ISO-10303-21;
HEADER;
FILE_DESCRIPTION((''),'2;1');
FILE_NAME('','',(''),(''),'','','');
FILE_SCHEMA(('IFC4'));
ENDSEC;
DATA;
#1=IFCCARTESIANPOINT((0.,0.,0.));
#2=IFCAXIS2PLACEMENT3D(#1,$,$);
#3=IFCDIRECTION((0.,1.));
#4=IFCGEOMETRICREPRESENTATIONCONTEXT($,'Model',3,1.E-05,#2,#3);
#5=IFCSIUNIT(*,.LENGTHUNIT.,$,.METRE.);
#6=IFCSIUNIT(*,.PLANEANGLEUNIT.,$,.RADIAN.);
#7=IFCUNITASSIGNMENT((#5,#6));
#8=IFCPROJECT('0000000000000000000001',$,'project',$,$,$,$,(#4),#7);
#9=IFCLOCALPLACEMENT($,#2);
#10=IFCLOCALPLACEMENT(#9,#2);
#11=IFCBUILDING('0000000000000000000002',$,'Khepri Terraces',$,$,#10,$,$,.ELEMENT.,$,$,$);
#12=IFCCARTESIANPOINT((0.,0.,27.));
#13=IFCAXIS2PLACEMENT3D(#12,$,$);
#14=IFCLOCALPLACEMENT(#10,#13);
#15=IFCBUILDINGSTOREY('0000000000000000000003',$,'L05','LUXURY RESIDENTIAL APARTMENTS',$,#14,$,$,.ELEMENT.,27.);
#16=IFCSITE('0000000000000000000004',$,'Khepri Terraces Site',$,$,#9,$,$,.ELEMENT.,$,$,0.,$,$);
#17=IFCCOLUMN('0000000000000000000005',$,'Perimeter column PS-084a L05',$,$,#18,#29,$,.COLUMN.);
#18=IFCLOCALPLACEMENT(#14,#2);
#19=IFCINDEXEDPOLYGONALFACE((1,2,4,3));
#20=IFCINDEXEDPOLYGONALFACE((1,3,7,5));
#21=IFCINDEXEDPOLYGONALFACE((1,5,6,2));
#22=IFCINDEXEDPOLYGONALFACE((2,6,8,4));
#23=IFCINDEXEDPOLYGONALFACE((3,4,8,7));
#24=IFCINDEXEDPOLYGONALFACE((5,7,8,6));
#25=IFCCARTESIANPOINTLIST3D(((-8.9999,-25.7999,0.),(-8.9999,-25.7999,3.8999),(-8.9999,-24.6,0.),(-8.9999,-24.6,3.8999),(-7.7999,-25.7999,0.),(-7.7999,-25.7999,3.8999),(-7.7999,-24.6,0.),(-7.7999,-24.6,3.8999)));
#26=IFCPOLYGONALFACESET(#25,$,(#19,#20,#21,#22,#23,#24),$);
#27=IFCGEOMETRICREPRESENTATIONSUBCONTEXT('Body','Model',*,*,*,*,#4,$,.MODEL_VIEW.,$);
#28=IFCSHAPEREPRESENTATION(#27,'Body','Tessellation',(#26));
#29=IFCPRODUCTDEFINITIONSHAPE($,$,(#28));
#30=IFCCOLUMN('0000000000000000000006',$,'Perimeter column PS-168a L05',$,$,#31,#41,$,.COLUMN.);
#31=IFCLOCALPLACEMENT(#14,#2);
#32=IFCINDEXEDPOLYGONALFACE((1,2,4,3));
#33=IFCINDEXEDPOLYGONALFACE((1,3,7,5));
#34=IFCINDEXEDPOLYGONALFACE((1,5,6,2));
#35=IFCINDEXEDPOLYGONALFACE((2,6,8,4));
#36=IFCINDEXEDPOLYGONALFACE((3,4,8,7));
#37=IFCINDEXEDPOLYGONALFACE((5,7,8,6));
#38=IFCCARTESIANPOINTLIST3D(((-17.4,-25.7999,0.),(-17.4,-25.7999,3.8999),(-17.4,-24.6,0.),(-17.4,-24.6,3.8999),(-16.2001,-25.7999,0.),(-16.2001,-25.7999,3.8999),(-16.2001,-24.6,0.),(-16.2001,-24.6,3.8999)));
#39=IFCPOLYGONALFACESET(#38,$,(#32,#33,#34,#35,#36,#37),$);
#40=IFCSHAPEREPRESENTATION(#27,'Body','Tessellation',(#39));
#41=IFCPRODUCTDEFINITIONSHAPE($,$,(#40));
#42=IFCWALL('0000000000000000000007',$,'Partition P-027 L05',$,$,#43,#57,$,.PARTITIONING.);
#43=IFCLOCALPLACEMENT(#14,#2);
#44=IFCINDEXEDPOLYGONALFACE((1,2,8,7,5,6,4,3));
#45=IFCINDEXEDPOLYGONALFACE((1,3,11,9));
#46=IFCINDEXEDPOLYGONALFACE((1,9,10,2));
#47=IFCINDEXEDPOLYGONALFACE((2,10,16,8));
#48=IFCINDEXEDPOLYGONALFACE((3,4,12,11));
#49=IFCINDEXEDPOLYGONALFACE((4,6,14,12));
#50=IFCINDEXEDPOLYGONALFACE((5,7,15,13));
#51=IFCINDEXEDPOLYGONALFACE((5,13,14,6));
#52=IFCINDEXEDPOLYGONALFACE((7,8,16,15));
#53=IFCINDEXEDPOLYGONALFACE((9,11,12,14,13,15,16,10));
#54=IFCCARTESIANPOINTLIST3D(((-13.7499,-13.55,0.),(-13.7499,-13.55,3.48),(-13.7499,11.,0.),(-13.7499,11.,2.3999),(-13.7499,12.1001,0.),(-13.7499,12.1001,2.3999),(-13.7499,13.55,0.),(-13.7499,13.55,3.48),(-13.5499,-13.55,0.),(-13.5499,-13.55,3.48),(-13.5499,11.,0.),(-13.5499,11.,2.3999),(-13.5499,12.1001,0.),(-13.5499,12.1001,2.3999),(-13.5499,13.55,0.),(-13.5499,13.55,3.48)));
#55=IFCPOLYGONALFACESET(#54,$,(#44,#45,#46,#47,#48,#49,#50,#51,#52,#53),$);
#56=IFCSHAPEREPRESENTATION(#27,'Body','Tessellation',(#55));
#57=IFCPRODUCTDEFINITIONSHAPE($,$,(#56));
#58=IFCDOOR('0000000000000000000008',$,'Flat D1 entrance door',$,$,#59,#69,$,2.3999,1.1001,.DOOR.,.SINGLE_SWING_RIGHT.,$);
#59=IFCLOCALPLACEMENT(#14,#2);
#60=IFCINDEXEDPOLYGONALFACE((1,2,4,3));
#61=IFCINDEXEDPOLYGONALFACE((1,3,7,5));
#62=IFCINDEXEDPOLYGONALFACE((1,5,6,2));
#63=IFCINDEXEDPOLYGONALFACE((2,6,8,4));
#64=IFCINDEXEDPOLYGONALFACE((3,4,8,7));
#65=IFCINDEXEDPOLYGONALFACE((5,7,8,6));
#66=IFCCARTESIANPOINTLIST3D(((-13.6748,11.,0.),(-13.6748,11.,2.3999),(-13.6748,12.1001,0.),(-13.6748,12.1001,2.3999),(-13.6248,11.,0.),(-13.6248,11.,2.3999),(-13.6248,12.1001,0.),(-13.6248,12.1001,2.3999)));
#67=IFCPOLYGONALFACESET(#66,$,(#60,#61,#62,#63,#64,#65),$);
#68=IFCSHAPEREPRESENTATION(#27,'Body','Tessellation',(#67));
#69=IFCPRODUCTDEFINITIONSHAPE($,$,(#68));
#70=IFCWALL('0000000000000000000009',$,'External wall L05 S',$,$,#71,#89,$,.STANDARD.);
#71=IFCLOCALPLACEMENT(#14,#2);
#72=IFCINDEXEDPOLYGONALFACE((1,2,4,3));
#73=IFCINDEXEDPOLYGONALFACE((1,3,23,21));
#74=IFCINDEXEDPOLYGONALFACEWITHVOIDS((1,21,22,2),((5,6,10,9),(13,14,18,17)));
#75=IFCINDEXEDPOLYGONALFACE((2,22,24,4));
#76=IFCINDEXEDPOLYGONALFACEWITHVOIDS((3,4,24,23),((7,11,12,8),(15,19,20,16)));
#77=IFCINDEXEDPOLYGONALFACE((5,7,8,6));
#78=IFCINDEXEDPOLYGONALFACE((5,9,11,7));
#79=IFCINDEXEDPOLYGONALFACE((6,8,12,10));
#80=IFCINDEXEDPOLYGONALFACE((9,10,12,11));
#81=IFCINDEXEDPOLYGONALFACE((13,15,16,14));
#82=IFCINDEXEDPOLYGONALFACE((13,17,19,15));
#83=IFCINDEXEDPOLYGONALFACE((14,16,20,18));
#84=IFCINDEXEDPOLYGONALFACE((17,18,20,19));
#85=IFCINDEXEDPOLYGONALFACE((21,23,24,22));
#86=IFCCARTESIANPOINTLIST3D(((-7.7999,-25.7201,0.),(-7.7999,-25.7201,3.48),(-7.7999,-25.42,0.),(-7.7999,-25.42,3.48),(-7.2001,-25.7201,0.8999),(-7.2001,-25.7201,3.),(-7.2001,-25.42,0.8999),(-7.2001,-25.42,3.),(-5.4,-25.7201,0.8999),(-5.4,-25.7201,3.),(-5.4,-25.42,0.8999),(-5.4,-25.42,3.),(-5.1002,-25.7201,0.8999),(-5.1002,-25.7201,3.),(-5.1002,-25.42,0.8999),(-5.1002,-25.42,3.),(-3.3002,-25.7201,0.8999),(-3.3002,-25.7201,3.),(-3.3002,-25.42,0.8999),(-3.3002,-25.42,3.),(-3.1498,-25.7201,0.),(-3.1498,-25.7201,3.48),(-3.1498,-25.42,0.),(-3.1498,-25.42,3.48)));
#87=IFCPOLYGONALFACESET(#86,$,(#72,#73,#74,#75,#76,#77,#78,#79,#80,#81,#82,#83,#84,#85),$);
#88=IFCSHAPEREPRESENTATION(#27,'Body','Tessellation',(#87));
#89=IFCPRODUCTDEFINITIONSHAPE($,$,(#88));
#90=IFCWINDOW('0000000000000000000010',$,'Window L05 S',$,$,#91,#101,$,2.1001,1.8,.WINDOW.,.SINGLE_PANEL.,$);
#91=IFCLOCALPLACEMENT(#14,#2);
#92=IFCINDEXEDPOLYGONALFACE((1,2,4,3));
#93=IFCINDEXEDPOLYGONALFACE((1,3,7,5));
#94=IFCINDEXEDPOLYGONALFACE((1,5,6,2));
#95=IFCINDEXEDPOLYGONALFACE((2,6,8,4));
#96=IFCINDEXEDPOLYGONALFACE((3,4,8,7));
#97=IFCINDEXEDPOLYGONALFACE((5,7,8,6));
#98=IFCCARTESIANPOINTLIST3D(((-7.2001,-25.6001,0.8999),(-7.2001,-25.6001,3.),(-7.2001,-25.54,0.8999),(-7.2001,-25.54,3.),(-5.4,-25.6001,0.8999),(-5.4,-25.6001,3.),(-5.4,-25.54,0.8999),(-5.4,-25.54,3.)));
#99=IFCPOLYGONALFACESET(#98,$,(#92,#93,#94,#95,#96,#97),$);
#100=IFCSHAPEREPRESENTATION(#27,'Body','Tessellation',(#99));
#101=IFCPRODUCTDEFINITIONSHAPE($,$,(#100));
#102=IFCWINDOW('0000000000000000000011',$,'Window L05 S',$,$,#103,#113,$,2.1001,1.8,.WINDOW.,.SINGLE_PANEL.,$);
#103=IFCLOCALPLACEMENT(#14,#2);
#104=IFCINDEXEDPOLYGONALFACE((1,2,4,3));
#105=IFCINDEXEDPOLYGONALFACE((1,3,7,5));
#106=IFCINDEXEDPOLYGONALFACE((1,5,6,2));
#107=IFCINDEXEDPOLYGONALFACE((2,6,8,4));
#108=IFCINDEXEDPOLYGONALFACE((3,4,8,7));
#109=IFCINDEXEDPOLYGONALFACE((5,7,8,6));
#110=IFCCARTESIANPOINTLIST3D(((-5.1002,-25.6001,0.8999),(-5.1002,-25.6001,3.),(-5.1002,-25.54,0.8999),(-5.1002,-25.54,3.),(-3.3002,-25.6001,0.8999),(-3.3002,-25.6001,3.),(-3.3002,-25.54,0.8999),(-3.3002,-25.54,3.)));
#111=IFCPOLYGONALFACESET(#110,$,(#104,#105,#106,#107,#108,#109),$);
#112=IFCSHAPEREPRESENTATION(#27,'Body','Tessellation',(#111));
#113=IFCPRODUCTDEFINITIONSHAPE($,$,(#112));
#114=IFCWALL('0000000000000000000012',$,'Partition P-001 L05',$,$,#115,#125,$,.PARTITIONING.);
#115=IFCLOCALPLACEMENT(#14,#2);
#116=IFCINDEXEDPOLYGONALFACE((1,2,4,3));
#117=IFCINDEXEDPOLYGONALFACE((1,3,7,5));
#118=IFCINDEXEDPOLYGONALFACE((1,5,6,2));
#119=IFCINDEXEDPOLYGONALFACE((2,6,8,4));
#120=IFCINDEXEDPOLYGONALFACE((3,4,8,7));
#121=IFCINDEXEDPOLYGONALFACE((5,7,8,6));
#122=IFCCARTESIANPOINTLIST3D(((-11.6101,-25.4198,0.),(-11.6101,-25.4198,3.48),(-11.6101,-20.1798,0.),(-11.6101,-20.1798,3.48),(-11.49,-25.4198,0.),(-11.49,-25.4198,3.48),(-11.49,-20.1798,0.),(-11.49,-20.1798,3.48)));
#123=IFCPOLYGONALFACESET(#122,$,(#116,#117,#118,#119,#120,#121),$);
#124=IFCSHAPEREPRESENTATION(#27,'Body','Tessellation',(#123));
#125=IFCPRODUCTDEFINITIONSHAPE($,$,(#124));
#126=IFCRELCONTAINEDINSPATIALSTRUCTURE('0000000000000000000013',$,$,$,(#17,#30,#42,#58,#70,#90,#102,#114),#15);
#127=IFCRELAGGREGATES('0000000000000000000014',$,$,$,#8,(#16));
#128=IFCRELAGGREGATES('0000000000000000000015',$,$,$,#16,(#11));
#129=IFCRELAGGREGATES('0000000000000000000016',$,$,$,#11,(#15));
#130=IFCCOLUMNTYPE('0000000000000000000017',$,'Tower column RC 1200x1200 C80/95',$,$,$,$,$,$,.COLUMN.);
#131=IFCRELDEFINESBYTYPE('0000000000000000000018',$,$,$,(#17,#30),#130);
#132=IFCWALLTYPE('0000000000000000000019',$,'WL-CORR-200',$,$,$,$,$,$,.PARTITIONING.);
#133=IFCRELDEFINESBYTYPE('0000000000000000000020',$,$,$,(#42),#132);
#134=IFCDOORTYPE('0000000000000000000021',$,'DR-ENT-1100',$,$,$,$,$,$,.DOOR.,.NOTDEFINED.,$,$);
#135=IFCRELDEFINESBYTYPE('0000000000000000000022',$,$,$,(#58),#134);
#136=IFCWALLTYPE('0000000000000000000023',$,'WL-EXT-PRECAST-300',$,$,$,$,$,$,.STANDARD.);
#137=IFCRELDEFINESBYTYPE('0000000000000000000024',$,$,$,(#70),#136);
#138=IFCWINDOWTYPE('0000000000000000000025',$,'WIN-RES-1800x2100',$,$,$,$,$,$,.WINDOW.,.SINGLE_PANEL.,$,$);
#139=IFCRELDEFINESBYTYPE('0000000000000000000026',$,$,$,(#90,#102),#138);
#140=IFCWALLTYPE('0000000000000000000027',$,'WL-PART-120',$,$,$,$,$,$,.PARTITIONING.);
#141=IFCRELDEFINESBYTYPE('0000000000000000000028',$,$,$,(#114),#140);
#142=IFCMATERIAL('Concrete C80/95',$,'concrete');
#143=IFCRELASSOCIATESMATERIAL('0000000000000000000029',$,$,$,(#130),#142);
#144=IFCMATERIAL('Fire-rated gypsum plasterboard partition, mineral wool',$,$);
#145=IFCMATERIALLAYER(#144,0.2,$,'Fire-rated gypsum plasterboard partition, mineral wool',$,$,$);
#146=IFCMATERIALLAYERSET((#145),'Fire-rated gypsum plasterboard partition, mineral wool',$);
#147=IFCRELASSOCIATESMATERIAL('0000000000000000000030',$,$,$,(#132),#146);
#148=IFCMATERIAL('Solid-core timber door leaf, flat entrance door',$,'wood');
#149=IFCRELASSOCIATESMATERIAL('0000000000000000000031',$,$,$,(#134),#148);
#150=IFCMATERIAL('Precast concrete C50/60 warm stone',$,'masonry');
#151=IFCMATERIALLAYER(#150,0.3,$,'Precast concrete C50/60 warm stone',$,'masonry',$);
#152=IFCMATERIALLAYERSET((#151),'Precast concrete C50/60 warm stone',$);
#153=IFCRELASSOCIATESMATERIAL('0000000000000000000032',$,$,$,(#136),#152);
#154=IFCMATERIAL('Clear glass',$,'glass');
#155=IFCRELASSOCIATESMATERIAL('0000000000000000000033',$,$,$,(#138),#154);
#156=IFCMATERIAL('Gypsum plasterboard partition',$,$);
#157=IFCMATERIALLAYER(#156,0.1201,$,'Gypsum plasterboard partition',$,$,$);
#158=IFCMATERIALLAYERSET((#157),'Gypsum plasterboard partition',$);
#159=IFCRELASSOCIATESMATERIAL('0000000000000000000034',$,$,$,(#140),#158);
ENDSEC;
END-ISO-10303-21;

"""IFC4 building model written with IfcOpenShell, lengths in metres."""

from ifc_helpers import new_model, si_unit, direction, frame, frame_2d, origin, origin_2d, place, context, subcontext, project, spatial, rectangle, extrude, material, layer, layer_set, material_profile, profile_set, type_object, element, fill, save


model = new_model("IFC4")

# Units and contexts
model_context = context("Model", 3, precision=1e-05, world=origin(), true_north=direction((0.0, 1.0)))
body_context = subcontext(model_context, "Body", "Model", "MODEL_VIEW")
ifc_project = project(units=[si_unit("LENGTHUNIT", "METRE"), si_unit("PLANEANGLEUNIT", "RADIAN")], contexts=[model_context])

# Site, building, storey
site_placement = place(None, origin())
site = spatial("IfcSite", under=ifc_project, at=site_placement, Name="Khepri Terraces Site", CompositionType="ELEMENT", RefElevation=0.0)
building_placement = place(site_placement, origin())
building = spatial("IfcBuilding", under=site, at=building_placement, Name="Khepri Terraces", CompositionType="ELEMENT")
storey_placement = place(building_placement, frame((0.0, 0.0, 27.0)))
storey = spatial("IfcBuildingStorey", under=building, at=storey_placement, Name="L05", Description="LUXURY RESIDENTIAL APARTMENTS", CompositionType="ELEMENT", Elevation=27.0)

# Columns
ifc_material_1 = material(Name="Concrete C80/95", Category="concrete")
ifc_material_profile = material_profile(ifc_material_1, rectangle(XDim=1.2, YDim=1.2, at=origin_2d()), Name="Concrete C80/95", Category="concrete")
ifc_profile_set = profile_set([ifc_material_profile], Name="Concrete C80/95")
column_type = type_object("IfcColumnType", Name="Tower column RC 1200x1200 C80/95", PredefinedType="COLUMN", material=ifc_profile_set)
for number, where, z_axis, x_axis, name in (
    (1, (-8.3999, -25.2, 0.0), (0.0, 0.0, 1.0), (1.0, 0.0, 0.0), "Perimeter column PS-084a L05"),
    (2, (-16.8, -25.2, 0.0), (0.0, 0.0, 1.0), (1.0, 0.0, 0.0), "Perimeter column PS-168a L05"),
):
    element("IfcColumn", number, at=place(storey_placement, frame(where, z_axis=z_axis, x_axis=x_axis)), inside=storey, type_object=column_type, Name=name, PredefinedType="COLUMN", context=body_context, shape_type="SweptSolid", body=[
        extrude(rectangle(XDim=1.2, YDim=1.2, at=origin_2d()), origin(), (0.0, 0.0, 1.0), 3.8999),
    ])

# Wall, opening, door
ifc_material_2 = material(Name="Fire-rated gypsum plasterboard partition, mineral wool")
ifc_layer_1 = layer(ifc_material_2, 0.2, Name="Fire-rated gypsum plasterboard partition, mineral wool")
ifc_layer_set_1 = layer_set([ifc_layer_1], Name="Fire-rated gypsum plasterboard partition, mineral wool")
wall_type_1 = type_object("IfcWallType", Name="WL-CORR-200", PredefinedType="PARTITIONING", material=ifc_layer_set_1)
wall_1_placement = place(storey_placement, frame((-13.6499, -13.55, 0.0), z_axis=(0.0, 0.0, 1.0), x_axis=(0.0, 1.0, 0.0)))
wall_1 = element("IfcWall", 3, at=wall_1_placement, inside=storey, type_object=wall_type_1, Name="Partition P-027 L05", PredefinedType="PARTITIONING", context=body_context, shape_type="SweptSolid", body=[
    extrude(rectangle(XDim=27.1001, YDim=0.2, at=frame_2d((13.55, 0.0))), origin(), (0.0, 0.0, 1.0), 3.48),
])
opening_1_placement = place(wall_1_placement, frame((24.55, 0.0, 0.0)))
opening_1 = element("IfcOpeningElement", 4, at=opening_1_placement, cuts=wall_1, PredefinedType="OPENING", context=body_context, shape_type="SweptSolid", body=[
    extrude(rectangle(XDim=1.1001, YDim=2.3999, at=frame_2d((0.55, 1.2))), frame((0.0, 0.1099, 0.0), z_axis=(0.0, -1.0, 0.0), x_axis=(1.0, 0.0, 0.0)), (0.0, 0.0, 1.0), 0.22),
])
ifc_material_3 = material(Name="Solid-core timber door leaf, flat entrance door", Category="wood")
door_type_1 = type_object("IfcDoorType", Name="DR-ENT-1100", OperationType="NOTDEFINED", PredefinedType="DOOR", material=ifc_material_3)
door_1_placement = place(opening_1_placement, origin())
door_1 = element("IfcDoor", 5, at=door_1_placement, inside=storey, type_object=door_type_1, Name="Flat D1 entrance door", OperationType="SINGLE_SWING_RIGHT", OverallHeight=2.3999, OverallWidth=1.1001, PredefinedType="DOOR", context=body_context, shape_type="SweptSolid", body=[
    extrude(rectangle(XDim=1.1001, YDim=2.3999, at=frame_2d((0.55, 1.2))), frame((0.0, 0.0249, 0.0), z_axis=(0.0, -1.0, 0.0), x_axis=(1.0, 0.0, 0.0)), (0.0, 0.0, 1.0), 0.05),
])
fill(opening_1, door_1)

# Shared definitions
ifc_material_4 = material(Name="Precast concrete C50/60 warm stone", Category="masonry")
ifc_layer_2 = layer(ifc_material_4, 0.3, Name="Precast concrete C50/60 warm stone", Category="masonry")
ifc_layer_set_2 = layer_set([ifc_layer_2], Name="Precast concrete C50/60 warm stone")
wall_type_2 = type_object("IfcWallType", Name="WL-EXT-PRECAST-300", PredefinedType="STANDARD", material=ifc_layer_set_2)

# Wall, openings, windows
wall_2_placement = place(storey_placement, frame((-7.8, -25.5701, 0.0), z_axis=(0.0, 0.0, 1.0), x_axis=(1.0, 0.0, 0.0)))
wall_2 = element("IfcWall", 6, at=wall_2_placement, inside=storey, type_object=wall_type_2, Name="External wall L05 S", PredefinedType="STANDARD", context=body_context, shape_type="SweptSolid", body=[
    extrude(rectangle(XDim=4.6501, YDim=0.3, at=frame_2d((2.3252, 0.0))), origin(), (0.0, 0.0, 1.0), 3.48),
])
opening_2_placement = place(wall_2_placement, frame((0.6001, 0.0, 0.8999)))
opening_2 = element("IfcOpeningElement", 7, at=opening_2_placement, cuts=wall_2, PredefinedType="OPENING", context=body_context, shape_type="SweptSolid", body=[
    extrude(rectangle(XDim=1.8, YDim=2.1001, at=frame_2d((0.8999, 1.05))), frame((0.0, 0.1602, 0.0), z_axis=(0.0, -1.0, 0.0), x_axis=(1.0, 0.0, 0.0)), (0.0, 0.0, 1.0), 0.3201),
])
opening_3_placement = place(wall_2_placement, frame((2.7, 0.0, 0.8999)))
opening_3 = element("IfcOpeningElement", 8, at=opening_3_placement, cuts=wall_2, PredefinedType="OPENING", context=body_context, shape_type="SweptSolid", body=[
    extrude(rectangle(XDim=1.8, YDim=2.1001, at=frame_2d((0.8999, 1.05))), frame((0.0, 0.1602, 0.0), z_axis=(0.0, -1.0, 0.0), x_axis=(1.0, 0.0, 0.0)), (0.0, 0.0, 1.0), 0.3201),
])
ifc_material_5 = material(Name="Clear glass", Category="glass")
window_type = type_object("IfcWindowType", Name="WIN-RES-1800x2100", PartitioningType="SINGLE_PANEL", PredefinedType="WINDOW", material=ifc_material_5)
window_1_placement = place(opening_2_placement, origin())
window_1 = element("IfcWindow", 9, at=window_1_placement, inside=storey, type_object=window_type, Name="Window L05 S", OverallHeight=2.1001, OverallWidth=1.8, PartitioningType="SINGLE_PANEL", PredefinedType="WINDOW", context=body_context, shape_type="SweptSolid", body=[
    extrude(rectangle(XDim=1.8, YDim=2.1001, at=frame_2d((0.8999, 1.05))), frame((0.0, 0.03, 0.0), z_axis=(0.0, -1.0, 0.0), x_axis=(1.0, 0.0, 0.0)), (0.0, 0.0, 1.0), 0.0601),
])
fill(opening_2, window_1)
window_2_placement = place(opening_3_placement, origin())
window_2 = element("IfcWindow", 10, at=window_2_placement, inside=storey, type_object=window_type, Name="Window L05 S", OverallHeight=2.1001, OverallWidth=1.8, PartitioningType="SINGLE_PANEL", PredefinedType="WINDOW", context=body_context, shape_type="SweptSolid", body=[
    extrude(rectangle(XDim=1.8, YDim=2.1001, at=frame_2d((0.8999, 1.05))), frame((0.0, 0.03, 0.0), z_axis=(0.0, -1.0, 0.0), x_axis=(1.0, 0.0, 0.0)), (0.0, 0.0, 1.0), 0.0601),
])
fill(opening_3, window_2)

# Wall
ifc_material_6 = material(Name="Gypsum plasterboard partition")
ifc_layer_3 = layer(ifc_material_6, 0.1201, Name="Gypsum plasterboard partition")
ifc_layer_set_3 = layer_set([ifc_layer_3], Name="Gypsum plasterboard partition")
wall_type_3 = type_object("IfcWallType", Name="WL-PART-120", PredefinedType="PARTITIONING", material=ifc_layer_set_3)
wall_3_placement = place(storey_placement, frame((-11.55, -25.4199, 0.0), z_axis=(0.0, 0.0, 1.0), x_axis=(0.0, 1.0, 0.0)))
element("IfcWall", 11, at=wall_3_placement, inside=storey, type_object=wall_type_3, Name="Partition P-001 L05", PredefinedType="PARTITIONING", context=body_context, shape_type="SweptSolid", body=[
    extrude(rectangle(XDim=5.24, YDim=0.1201, at=frame_2d((2.6201, 0.0))), origin(), (0.0, 0.0, 1.0), 3.48),
])

save(model, "model.ifc")
